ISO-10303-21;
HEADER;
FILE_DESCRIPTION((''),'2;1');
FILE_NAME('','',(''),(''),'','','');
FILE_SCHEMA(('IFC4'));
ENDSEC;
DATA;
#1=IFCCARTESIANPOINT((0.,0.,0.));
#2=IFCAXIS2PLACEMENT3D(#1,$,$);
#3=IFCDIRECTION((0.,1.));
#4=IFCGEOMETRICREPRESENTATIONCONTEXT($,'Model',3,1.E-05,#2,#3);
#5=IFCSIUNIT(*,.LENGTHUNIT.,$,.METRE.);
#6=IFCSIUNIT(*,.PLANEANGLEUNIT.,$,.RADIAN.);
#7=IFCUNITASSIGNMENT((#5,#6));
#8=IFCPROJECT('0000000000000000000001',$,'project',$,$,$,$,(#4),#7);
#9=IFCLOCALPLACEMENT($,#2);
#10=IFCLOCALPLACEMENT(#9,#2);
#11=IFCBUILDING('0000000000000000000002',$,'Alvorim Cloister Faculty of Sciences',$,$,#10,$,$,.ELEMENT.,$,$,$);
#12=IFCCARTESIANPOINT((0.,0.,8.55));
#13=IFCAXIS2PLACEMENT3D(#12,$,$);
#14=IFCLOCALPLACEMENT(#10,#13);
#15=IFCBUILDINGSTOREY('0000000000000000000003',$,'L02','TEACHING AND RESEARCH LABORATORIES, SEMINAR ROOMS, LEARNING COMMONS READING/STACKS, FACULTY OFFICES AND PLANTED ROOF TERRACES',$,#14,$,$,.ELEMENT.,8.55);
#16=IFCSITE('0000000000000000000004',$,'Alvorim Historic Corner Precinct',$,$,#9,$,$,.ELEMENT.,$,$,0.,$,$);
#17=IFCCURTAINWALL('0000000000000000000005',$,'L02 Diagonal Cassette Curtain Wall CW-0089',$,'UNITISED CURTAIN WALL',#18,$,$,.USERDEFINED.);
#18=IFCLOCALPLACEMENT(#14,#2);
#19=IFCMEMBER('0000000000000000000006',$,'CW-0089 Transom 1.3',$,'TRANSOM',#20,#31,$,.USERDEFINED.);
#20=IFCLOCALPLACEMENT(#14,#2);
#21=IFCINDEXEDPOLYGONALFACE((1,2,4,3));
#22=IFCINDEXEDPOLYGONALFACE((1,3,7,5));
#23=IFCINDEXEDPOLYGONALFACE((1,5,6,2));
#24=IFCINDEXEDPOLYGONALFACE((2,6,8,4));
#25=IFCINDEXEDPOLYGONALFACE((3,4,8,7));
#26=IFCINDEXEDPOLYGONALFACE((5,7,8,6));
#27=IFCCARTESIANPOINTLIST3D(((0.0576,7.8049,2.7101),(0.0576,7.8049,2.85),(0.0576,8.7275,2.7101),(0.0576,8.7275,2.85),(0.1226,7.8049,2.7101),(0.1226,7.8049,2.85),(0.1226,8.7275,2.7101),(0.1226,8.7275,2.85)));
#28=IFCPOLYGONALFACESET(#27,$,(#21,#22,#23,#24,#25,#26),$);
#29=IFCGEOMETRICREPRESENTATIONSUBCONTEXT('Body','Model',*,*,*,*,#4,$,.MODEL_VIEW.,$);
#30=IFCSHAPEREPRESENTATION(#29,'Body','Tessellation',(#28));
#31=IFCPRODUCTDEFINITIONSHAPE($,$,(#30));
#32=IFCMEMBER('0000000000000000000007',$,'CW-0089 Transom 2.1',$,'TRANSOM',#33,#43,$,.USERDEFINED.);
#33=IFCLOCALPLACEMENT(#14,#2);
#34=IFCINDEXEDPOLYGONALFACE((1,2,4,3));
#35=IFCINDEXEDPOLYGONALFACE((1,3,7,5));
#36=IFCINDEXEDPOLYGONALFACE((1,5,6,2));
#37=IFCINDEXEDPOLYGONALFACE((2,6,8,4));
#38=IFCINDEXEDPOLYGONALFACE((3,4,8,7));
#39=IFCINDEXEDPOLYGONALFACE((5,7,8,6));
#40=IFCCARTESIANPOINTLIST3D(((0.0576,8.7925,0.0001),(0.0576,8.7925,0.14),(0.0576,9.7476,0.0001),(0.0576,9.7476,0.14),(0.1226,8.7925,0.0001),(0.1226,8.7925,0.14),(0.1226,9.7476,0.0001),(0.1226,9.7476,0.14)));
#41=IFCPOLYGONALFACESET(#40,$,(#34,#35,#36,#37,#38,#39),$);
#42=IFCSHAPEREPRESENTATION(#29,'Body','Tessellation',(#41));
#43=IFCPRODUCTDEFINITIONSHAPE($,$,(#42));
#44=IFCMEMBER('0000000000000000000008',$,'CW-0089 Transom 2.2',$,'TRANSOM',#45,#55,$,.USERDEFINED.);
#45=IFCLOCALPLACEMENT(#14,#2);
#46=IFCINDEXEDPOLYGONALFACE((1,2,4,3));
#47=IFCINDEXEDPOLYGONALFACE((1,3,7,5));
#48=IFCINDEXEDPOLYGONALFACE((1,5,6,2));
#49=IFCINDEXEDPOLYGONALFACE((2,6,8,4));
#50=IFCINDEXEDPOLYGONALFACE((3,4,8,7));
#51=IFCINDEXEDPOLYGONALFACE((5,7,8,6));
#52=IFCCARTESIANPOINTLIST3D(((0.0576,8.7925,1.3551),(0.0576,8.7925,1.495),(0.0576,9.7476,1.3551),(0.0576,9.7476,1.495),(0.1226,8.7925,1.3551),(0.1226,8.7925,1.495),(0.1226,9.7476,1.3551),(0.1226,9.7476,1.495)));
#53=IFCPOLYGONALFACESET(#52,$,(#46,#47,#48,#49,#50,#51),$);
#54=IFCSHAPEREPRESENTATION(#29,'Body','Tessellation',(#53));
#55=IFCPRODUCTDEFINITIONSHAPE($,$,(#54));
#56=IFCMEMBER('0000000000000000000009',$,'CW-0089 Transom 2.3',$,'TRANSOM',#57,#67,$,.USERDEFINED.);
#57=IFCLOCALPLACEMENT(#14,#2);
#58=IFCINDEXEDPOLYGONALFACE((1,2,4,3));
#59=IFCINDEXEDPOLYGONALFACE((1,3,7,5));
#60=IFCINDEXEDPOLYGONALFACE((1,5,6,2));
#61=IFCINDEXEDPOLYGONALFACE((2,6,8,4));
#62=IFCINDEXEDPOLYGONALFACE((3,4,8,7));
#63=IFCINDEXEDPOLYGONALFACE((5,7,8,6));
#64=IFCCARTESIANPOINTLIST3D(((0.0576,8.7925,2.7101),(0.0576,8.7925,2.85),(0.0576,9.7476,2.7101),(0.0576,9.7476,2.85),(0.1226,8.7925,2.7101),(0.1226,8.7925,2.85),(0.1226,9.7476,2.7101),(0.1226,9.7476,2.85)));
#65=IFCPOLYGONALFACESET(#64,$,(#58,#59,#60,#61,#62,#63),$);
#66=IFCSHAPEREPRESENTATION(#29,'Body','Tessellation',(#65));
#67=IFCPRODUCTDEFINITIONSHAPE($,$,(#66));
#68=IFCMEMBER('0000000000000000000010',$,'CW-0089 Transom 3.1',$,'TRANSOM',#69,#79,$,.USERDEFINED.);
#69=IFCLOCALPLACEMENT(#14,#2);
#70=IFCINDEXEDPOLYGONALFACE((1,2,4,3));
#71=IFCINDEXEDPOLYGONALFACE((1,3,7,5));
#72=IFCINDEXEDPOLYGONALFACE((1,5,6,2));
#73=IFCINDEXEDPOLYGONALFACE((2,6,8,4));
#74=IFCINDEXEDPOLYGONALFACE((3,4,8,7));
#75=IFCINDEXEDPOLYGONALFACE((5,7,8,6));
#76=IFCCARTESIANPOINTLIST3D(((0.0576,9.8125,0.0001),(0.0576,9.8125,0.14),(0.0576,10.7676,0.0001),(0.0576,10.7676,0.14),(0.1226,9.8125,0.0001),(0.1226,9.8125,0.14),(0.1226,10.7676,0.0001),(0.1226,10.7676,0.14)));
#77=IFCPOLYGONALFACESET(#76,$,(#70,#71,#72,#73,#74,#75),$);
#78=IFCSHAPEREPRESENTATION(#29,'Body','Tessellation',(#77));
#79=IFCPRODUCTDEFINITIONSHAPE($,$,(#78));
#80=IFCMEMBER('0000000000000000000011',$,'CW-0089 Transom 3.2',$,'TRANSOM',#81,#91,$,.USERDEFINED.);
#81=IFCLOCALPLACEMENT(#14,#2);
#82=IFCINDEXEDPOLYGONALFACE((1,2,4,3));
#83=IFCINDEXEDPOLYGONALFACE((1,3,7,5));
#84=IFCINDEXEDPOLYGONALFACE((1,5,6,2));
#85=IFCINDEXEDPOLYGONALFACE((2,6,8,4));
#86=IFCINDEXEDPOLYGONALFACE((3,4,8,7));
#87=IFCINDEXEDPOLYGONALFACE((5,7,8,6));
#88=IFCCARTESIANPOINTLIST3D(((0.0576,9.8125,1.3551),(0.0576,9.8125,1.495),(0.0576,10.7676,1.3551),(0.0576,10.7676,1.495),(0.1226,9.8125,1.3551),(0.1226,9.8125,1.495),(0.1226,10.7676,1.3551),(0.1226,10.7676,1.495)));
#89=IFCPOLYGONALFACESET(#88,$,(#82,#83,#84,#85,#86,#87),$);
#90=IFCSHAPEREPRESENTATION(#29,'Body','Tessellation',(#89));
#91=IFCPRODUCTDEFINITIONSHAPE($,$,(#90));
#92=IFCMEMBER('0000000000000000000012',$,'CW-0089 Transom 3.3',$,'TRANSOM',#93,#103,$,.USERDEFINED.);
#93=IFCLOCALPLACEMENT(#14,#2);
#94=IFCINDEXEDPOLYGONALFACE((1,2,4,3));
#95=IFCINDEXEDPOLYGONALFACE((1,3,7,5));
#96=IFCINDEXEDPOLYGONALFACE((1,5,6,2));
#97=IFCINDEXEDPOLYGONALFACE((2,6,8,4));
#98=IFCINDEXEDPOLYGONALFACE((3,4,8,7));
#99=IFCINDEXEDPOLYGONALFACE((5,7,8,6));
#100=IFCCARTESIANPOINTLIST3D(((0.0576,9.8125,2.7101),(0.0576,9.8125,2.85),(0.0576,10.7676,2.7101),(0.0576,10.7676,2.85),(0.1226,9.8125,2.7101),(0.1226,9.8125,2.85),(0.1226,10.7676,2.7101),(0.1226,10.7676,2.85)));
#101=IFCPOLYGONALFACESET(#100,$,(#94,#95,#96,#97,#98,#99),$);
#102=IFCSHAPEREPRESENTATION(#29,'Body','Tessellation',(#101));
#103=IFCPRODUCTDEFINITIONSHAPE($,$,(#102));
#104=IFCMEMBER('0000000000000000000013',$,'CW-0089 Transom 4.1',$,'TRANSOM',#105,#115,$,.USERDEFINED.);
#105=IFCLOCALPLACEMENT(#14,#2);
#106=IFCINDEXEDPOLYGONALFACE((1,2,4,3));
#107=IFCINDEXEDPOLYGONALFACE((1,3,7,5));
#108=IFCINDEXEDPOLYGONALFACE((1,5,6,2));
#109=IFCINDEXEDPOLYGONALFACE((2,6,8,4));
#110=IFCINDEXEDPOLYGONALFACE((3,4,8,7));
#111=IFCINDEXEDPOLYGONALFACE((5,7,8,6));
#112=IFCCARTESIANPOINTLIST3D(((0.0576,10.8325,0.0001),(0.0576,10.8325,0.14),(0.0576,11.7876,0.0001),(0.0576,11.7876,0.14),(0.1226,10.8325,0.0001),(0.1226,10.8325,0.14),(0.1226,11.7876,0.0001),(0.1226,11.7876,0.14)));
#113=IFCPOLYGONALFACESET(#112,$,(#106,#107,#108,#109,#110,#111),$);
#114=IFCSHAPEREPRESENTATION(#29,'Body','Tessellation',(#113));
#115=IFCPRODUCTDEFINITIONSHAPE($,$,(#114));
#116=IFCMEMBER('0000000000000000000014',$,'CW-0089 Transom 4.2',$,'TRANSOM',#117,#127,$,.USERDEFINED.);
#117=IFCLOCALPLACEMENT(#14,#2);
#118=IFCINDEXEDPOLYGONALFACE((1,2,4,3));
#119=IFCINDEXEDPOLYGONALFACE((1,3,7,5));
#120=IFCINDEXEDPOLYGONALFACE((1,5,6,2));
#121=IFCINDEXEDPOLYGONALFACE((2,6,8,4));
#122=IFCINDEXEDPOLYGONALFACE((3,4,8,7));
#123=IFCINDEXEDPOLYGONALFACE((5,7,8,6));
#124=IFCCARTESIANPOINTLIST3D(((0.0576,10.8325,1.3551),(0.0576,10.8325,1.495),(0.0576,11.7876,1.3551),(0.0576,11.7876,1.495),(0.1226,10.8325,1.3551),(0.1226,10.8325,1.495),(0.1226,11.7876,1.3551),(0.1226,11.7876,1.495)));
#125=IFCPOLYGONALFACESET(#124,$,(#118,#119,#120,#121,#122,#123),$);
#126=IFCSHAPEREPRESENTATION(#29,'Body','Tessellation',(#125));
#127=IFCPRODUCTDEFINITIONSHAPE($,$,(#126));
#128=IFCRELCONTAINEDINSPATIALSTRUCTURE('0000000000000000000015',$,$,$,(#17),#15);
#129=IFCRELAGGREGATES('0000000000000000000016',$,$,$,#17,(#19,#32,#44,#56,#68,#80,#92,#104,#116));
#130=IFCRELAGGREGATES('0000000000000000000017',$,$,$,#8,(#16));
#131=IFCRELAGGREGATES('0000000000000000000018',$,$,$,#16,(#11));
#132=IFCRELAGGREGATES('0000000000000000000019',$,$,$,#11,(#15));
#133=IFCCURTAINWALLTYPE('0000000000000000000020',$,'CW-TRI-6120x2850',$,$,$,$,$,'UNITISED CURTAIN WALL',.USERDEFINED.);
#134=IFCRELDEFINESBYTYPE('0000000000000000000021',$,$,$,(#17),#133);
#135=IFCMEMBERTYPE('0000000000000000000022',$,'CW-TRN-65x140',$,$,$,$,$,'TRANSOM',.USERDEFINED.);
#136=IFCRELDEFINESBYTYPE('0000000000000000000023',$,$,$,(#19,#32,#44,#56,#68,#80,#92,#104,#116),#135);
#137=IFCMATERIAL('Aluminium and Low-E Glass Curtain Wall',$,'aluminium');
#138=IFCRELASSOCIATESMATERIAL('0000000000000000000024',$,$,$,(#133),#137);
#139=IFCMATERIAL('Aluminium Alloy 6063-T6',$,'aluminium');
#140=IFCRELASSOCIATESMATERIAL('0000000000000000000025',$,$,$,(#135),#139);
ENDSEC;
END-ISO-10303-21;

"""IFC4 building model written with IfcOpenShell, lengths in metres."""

from ifc_helpers import new_model, si_unit, direction, frame, origin, origin_2d, place, context, subcontext, project, spatial, rectangle, extrude, material, material_profile, profile_set, type_object, element, aggregate, save


model = new_model("IFC4")

# Units and contexts
model_context = context("Model", 3, precision=1e-05, world=origin(), true_north=direction((0.0, 1.0)))
body_context = subcontext(model_context, "Body", "Model", "MODEL_VIEW")
ifc_project = project(units=[si_unit("LENGTHUNIT", "METRE"), si_unit("PLANEANGLEUNIT", "RADIAN")], contexts=[model_context])

# Site, building, storey
site_placement = place(None, origin())
site = spatial("IfcSite", under=ifc_project, at=site_placement, Name="Alvorim Historic Corner Precinct", CompositionType="ELEMENT", RefElevation=0.0)
building_placement = place(site_placement, origin())
building = spatial("IfcBuilding", under=site, at=building_placement, Name="Alvorim Cloister Faculty of Sciences", CompositionType="ELEMENT")
storey_placement = place(building_placement, frame((0.0, 0.0, 8.55)))
storey = spatial("IfcBuildingStorey", under=building, at=storey_placement, Name="L02", Description="TEACHING AND RESEARCH LABORATORIES, SEMINAR ROOMS, LEARNING COMMONS READING/STACKS, FACULTY OFFICES AND PLANTED ROOF TERRACES", CompositionType="ELEMENT", Elevation=8.55)

# Curtain wall
ifc_material_1 = material(Name="Aluminium and Low-E Glass Curtain Wall", Category="aluminium")
curtain_wall_type = type_object("IfcCurtainWallType", Name="CW-TRI-6120x2850", ElementType="UNITISED CURTAIN WALL", PredefinedType="USERDEFINED", material=ifc_material_1)
ifc_material_2 = material(Name="Aluminium Alloy 6063-T6", Category="aluminium")
curtain_wall_1_placement = place(storey_placement, origin())
curtain_wall_1 = element("IfcCurtainWall", 1, at=curtain_wall_1_placement, inside=storey, type_object=curtain_wall_type, Name="L02 Diagonal Cassette Curtain Wall CW-0089", ObjectType="UNITISED CURTAIN WALL", PredefinedType="USERDEFINED")

# Members
ifc_material_profile_1 = material_profile(ifc_material_2, rectangle(XDim=0.0649, YDim=0.1399, at=origin_2d()), Name="ALU-TRN-65x140")
ifc_profile_set_1 = profile_set([ifc_material_profile_1], Name="Aluminium Alloy 6063-T6")
member_type_1 = type_object("IfcMemberType", Name="CW-TRN-65x140", ElementType="TRANSOM", PredefinedType="USERDEFINED", material=ifc_profile_set_1)
member_1_placement = place(storey_placement, frame((0.0901, 7.8049, 2.78), z_axis=(0.0, 1.0, 0.0), x_axis=(-1.0, 0.0, 0.0)))
member_1 = element("IfcMember", 2, at=member_1_placement, type_object=member_type_1, Name="CW-0089 Transom 1.3", ObjectType="TRANSOM", PredefinedType="USERDEFINED", context=body_context, shape_type="SweptSolid", body=[
    extrude(rectangle(XDim=0.0649, YDim=0.1399, at=origin_2d()), origin(), (0.0, 0.0, 1.0), 0.9226),
])
member_2_placement = place(storey_placement, frame((0.0901, 8.7925, 0.0701), z_axis=(0.0, 1.0, 0.0), x_axis=(-1.0, 0.0, 0.0)))
member_2 = element("IfcMember", 3, at=member_2_placement, type_object=member_type_1, Name="CW-0089 Transom 2.1", ObjectType="TRANSOM", PredefinedType="USERDEFINED", context=body_context, shape_type="SweptSolid", body=[
    extrude(rectangle(XDim=0.0649, YDim=0.1399, at=origin_2d()), origin(), (0.0, 0.0, 1.0), 0.9551),
])
member_3_placement = place(storey_placement, frame((0.0901, 8.7925, 1.425), z_axis=(0.0, 1.0, 0.0), x_axis=(-1.0, 0.0, 0.0)))
member_3 = element("IfcMember", 4, at=member_3_placement, type_object=member_type_1, Name="CW-0089 Transom 2.2", ObjectType="TRANSOM", PredefinedType="USERDEFINED", context=body_context, shape_type="SweptSolid", body=[
    extrude(rectangle(XDim=0.0649, YDim=0.1399, at=origin_2d()), origin(), (0.0, 0.0, 1.0), 0.9551),
])
member_4_placement = place(storey_placement, frame((0.0901, 8.7925, 2.78), z_axis=(0.0, 1.0, 0.0), x_axis=(-1.0, 0.0, 0.0)))
member_4 = element("IfcMember", 5, at=member_4_placement, type_object=member_type_1, Name="CW-0089 Transom 2.3", ObjectType="TRANSOM", PredefinedType="USERDEFINED", context=body_context, shape_type="SweptSolid", body=[
    extrude(rectangle(XDim=0.0649, YDim=0.1399, at=origin_2d()), origin(), (0.0, 0.0, 1.0), 0.9551),
])
member_5_placement = place(storey_placement, frame((0.0901, 9.8125, 0.0701), z_axis=(0.0, 1.0, 0.0), x_axis=(-1.0, 0.0, 0.0)))
member_5 = element("IfcMember", 6, at=member_5_placement, type_object=member_type_1, Name="CW-0089 Transom 3.1", ObjectType="TRANSOM", PredefinedType="USERDEFINED", context=body_context, shape_type="SweptSolid", body=[
    extrude(rectangle(XDim=0.0649, YDim=0.1399, at=origin_2d()), origin(), (0.0, 0.0, 1.0), 0.9551),
])
member_6_placement = place(storey_placement, frame((0.0901, 9.8125, 1.425), z_axis=(0.0, 1.0, 0.0), x_axis=(-1.0, 0.0, 0.0)))
member_6 = element("IfcMember", 7, at=member_6_placement, type_object=member_type_1, Name="CW-0089 Transom 3.2", ObjectType="TRANSOM", PredefinedType="USERDEFINED", context=body_context, shape_type="SweptSolid", body=[
    extrude(rectangle(XDim=0.0649, YDim=0.1399, at=origin_2d()), origin(), (0.0, 0.0, 1.0), 0.9551),
])
member_7_placement = place(storey_placement, frame((0.0901, 9.8125, 2.78), z_axis=(0.0, 1.0, 0.0), x_axis=(-1.0, 0.0, 0.0)))
member_7 = element("IfcMember", 8, at=member_7_placement, type_object=member_type_1, Name="CW-0089 Transom 3.3", ObjectType="TRANSOM", PredefinedType="USERDEFINED", context=body_context, shape_type="SweptSolid", body=[
    extrude(rectangle(XDim=0.0649, YDim=0.1399, at=origin_2d()), origin(), (0.0, 0.0, 1.0), 0.9551),
])
member_8_placement = place(storey_placement, frame((0.0901, 10.8325, 0.0701), z_axis=(0.0, 1.0, 0.0), x_axis=(-1.0, 0.0, 0.0)))
member_8 = element("IfcMember", 9, at=member_8_placement, type_object=member_type_1, Name="CW-0089 Transom 4.1", ObjectType="TRANSOM", PredefinedType="USERDEFINED", context=body_context, shape_type="SweptSolid", body=[
    extrude(rectangle(XDim=0.0649, YDim=0.1399, at=origin_2d()), origin(), (0.0, 0.0, 1.0), 0.9551),
])
member_9_placement = place(storey_placement, frame((0.0901, 10.8325, 1.425), z_axis=(0.0, 1.0, 0.0), x_axis=(-1.0, 0.0, 0.0)))
member_9 = element("IfcMember", 10, at=member_9_placement, type_object=member_type_1, Name="CW-0089 Transom 4.2", ObjectType="TRANSOM", PredefinedType="USERDEFINED", context=body_context, shape_type="SweptSolid", body=[
    extrude(rectangle(XDim=0.0649, YDim=0.1399, at=origin_2d()), origin(), (0.0, 0.0, 1.0), 0.9551),
])
aggregate(curtain_wall_1, [member_1, member_2, member_3, member_4, member_5, member_6, member_7, member_8, member_9])

save(model, "model.ifc")
